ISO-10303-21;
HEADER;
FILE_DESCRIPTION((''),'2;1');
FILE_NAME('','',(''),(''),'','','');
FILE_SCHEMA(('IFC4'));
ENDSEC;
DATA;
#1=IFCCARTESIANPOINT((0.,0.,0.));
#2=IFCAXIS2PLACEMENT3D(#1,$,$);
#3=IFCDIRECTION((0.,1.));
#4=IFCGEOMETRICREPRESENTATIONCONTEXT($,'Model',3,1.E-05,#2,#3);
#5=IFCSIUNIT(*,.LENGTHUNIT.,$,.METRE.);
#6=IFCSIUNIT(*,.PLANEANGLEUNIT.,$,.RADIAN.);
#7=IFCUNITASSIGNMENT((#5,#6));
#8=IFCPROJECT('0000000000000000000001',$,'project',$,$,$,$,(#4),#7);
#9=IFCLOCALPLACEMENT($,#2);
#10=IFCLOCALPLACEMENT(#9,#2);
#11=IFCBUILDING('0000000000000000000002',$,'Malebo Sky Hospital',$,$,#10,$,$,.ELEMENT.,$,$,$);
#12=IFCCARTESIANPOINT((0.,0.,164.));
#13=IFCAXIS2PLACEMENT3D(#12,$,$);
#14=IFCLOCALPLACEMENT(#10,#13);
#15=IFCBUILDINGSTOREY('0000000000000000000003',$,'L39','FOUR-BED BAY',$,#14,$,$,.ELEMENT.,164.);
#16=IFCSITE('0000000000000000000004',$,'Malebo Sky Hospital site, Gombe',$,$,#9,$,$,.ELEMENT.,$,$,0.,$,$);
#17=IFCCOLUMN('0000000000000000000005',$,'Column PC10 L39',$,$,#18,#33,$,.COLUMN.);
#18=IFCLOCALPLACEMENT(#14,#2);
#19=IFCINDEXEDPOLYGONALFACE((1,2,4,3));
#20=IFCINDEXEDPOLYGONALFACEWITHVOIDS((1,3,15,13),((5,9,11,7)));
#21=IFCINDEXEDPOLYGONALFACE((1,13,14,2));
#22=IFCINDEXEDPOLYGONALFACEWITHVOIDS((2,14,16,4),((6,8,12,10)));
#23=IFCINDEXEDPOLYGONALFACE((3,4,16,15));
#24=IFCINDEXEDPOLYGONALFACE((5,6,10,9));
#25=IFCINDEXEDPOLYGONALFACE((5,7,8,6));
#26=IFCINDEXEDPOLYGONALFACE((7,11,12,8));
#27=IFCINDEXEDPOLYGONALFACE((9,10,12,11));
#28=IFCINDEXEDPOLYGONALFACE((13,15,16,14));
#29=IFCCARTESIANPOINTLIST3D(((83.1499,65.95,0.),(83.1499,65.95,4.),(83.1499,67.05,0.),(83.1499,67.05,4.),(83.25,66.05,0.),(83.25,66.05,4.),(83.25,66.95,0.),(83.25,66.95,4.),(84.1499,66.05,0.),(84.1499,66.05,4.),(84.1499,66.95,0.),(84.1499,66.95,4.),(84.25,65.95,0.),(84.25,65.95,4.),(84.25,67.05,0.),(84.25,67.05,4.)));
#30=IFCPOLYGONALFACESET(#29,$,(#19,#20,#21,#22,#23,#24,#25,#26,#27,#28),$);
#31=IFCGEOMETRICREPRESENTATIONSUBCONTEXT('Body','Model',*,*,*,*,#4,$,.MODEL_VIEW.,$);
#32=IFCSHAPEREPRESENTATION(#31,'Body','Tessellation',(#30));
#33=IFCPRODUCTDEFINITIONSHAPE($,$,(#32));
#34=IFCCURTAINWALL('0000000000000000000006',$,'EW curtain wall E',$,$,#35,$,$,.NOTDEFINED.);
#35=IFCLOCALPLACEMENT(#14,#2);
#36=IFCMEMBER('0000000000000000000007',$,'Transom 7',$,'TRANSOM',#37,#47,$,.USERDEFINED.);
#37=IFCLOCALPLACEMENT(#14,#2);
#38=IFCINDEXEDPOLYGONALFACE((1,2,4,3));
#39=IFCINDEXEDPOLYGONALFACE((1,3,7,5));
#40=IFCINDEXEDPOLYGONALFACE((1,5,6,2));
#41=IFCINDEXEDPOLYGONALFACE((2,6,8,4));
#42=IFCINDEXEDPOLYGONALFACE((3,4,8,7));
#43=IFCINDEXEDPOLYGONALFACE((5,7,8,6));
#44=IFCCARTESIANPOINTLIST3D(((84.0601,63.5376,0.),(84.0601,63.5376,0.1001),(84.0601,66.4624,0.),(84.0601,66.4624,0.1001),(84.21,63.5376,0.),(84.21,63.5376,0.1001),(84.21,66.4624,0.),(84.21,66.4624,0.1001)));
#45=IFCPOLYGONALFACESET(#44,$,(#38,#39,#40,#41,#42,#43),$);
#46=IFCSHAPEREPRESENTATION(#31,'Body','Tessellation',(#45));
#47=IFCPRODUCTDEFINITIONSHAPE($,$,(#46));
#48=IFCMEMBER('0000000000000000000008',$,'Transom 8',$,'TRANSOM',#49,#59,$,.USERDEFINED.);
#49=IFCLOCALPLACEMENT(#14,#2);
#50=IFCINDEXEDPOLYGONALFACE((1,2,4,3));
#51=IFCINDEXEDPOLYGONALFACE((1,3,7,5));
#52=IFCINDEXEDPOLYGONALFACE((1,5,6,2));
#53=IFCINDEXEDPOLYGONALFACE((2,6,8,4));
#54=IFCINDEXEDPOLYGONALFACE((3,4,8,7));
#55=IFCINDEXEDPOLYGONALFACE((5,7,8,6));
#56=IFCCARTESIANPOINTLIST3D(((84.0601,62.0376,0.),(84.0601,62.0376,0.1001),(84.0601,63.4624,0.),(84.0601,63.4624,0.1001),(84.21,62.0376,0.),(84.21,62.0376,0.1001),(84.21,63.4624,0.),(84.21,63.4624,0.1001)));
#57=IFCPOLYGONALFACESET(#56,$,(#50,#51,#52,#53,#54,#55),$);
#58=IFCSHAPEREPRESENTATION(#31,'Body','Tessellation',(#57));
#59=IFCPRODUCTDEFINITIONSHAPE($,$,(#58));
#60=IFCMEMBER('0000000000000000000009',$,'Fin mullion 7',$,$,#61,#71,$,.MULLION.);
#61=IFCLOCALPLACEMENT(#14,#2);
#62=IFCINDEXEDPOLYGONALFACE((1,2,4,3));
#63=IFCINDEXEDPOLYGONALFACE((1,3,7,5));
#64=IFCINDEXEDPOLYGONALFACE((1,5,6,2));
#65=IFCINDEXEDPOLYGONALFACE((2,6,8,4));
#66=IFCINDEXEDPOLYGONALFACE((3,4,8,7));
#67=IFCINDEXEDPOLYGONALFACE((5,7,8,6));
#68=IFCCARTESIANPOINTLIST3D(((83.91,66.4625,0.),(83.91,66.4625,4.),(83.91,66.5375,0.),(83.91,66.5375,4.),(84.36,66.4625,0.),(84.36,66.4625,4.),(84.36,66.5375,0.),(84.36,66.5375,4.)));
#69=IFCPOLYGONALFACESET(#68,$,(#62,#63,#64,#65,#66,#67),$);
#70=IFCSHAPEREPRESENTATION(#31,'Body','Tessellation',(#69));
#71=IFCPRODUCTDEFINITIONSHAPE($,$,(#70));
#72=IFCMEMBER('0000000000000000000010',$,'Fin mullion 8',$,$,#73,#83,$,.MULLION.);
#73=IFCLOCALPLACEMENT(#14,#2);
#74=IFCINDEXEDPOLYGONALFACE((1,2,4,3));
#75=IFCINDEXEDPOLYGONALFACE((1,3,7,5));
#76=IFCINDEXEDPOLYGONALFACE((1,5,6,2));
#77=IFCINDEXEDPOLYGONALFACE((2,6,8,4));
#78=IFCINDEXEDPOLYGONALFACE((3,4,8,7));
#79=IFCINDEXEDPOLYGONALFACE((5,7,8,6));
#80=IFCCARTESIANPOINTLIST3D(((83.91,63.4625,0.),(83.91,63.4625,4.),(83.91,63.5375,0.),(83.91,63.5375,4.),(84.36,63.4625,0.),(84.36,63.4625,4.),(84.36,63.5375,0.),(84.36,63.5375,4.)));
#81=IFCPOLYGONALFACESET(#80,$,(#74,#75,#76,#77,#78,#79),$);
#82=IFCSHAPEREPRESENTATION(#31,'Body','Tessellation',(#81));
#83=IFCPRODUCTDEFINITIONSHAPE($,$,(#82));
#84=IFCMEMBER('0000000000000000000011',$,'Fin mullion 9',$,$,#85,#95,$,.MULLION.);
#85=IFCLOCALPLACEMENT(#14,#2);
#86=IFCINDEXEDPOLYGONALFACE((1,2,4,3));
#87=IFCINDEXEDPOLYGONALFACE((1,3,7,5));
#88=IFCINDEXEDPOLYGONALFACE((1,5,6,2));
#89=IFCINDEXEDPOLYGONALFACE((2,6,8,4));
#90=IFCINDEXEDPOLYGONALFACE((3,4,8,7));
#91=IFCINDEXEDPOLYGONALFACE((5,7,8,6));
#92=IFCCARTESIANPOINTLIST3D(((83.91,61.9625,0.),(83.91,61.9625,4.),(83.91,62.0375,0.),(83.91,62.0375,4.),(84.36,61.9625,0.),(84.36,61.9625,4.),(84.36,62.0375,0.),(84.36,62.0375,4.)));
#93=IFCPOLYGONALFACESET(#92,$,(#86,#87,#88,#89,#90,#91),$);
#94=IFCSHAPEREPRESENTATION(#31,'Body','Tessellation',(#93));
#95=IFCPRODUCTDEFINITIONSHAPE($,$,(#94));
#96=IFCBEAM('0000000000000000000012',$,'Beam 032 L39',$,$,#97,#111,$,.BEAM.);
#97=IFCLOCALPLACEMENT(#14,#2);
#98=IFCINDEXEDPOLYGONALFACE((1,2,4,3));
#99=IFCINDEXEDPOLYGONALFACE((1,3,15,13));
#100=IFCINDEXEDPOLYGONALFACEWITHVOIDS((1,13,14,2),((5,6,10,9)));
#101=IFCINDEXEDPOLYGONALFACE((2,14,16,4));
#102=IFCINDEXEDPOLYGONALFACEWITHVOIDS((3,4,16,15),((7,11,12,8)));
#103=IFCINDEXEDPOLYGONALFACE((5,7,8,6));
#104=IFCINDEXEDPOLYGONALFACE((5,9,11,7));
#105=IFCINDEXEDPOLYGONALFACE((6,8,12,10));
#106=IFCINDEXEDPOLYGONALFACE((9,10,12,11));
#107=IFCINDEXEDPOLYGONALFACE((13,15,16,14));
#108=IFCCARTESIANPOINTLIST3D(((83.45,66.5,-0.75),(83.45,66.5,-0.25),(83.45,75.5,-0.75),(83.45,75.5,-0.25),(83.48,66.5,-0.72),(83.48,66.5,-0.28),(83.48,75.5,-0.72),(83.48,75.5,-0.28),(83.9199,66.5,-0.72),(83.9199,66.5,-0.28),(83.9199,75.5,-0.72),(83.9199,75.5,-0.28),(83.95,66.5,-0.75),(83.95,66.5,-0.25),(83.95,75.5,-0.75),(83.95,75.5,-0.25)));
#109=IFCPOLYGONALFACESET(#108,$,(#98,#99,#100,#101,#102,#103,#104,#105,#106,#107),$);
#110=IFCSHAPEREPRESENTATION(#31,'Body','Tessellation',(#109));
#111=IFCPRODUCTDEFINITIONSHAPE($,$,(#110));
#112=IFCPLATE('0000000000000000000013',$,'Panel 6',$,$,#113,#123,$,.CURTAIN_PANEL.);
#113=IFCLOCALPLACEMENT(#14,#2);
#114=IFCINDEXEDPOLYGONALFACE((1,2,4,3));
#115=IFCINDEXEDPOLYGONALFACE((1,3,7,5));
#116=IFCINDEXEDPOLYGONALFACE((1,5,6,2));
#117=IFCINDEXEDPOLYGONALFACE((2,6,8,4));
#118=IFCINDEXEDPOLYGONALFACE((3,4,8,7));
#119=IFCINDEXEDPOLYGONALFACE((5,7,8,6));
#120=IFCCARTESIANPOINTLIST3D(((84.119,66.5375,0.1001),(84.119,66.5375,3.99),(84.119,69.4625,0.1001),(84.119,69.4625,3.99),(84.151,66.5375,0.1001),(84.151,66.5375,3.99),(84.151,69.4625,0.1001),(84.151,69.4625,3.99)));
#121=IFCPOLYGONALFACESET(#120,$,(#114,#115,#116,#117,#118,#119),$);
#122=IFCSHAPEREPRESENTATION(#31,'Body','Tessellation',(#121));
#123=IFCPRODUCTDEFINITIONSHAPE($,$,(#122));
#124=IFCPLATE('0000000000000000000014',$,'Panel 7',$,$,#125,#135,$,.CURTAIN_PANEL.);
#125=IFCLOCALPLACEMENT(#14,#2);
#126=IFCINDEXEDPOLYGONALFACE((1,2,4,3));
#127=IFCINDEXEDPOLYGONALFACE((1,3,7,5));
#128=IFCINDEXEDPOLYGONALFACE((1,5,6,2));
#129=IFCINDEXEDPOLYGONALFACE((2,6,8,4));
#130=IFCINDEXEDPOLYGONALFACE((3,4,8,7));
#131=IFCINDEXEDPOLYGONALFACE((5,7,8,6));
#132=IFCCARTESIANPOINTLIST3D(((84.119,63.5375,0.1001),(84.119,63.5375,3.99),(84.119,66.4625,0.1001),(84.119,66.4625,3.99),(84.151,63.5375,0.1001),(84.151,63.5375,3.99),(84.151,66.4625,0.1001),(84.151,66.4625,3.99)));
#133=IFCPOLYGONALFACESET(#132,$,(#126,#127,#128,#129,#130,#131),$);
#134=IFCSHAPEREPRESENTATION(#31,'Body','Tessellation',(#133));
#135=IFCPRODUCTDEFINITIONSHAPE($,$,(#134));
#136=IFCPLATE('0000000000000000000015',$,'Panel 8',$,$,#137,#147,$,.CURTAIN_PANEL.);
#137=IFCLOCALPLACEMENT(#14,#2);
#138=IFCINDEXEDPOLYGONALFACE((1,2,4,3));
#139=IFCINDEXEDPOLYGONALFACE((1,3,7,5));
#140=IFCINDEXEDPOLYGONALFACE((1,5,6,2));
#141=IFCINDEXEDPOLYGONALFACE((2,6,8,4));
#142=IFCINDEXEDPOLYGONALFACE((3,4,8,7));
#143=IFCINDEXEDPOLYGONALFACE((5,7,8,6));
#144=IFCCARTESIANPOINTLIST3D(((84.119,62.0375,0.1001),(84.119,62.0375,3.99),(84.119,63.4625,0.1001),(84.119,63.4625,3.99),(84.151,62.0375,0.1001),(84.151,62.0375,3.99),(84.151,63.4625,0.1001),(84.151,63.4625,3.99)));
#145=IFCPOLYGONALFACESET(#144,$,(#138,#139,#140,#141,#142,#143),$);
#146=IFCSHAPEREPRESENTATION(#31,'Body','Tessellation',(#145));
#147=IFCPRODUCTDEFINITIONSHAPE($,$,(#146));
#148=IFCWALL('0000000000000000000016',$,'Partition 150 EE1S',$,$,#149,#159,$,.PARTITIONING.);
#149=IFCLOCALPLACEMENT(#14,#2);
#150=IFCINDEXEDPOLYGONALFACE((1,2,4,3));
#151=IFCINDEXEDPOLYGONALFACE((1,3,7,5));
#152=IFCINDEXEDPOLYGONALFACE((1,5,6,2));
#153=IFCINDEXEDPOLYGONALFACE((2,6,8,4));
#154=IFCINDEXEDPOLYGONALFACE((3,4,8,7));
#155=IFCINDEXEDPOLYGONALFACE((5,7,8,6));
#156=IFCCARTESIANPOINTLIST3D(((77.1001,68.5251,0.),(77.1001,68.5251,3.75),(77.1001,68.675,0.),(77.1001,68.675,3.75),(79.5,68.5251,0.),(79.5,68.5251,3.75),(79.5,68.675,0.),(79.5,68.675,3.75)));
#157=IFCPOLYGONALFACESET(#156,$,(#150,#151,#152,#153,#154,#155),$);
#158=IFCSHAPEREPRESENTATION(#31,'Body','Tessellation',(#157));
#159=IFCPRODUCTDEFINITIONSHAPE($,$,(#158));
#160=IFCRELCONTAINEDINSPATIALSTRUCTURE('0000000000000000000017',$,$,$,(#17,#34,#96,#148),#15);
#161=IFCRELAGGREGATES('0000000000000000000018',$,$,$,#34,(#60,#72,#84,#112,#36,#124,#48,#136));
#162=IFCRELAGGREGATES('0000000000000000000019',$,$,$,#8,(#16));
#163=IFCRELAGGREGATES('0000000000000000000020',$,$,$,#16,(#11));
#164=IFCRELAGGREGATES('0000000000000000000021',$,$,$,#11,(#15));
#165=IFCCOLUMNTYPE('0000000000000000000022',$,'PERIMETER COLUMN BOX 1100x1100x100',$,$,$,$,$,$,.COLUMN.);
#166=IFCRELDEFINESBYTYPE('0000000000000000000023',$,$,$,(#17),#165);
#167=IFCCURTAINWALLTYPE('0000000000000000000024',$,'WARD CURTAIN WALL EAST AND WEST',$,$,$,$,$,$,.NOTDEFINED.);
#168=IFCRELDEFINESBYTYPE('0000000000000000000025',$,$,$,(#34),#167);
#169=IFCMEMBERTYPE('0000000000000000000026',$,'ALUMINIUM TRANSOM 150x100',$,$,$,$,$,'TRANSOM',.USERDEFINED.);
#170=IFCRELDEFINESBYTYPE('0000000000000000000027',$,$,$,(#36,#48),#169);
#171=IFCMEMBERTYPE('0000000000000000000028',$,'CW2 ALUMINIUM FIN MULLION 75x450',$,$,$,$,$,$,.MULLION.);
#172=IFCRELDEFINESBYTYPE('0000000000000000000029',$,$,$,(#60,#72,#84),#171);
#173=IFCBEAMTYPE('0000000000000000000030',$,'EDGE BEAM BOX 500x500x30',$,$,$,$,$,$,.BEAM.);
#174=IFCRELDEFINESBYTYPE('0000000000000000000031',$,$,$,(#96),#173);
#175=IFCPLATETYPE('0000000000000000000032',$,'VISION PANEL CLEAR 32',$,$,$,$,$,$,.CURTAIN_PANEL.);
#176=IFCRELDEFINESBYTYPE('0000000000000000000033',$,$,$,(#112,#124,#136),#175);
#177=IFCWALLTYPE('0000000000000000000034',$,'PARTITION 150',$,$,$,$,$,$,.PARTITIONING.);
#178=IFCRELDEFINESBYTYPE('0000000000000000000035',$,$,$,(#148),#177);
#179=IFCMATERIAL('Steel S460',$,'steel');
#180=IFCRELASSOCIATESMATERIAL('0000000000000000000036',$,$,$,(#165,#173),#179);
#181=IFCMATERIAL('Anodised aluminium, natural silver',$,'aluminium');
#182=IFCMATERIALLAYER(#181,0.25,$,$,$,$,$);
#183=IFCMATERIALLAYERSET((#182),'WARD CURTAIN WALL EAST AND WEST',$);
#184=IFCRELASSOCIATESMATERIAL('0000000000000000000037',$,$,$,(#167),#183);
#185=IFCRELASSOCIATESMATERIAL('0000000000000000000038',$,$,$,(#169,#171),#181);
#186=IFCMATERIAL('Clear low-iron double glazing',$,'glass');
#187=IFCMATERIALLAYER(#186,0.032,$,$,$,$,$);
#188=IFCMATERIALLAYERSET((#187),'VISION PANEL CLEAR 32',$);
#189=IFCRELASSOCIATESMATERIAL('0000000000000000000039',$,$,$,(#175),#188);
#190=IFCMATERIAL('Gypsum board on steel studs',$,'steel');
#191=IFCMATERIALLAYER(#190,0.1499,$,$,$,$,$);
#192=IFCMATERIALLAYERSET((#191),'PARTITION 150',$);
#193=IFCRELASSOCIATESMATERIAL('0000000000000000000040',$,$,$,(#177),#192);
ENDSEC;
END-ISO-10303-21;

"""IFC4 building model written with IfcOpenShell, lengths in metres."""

from ifc_helpers import new_model, si_unit, direction, frame, frame_2d, origin, origin_2d, place, context, subcontext, project, spatial, rectangle, hollow_rectangle, extrude, material, layer, layer_set, material_profile, profile_set, type_object, element, aggregate, save


model = new_model("IFC4")

# Units and contexts
model_context = context("Model", 3, precision=1e-05, world=origin(), true_north=direction((0.0, 1.0)))
body_context = subcontext(model_context, "Body", "Model", "MODEL_VIEW")
ifc_project = project(units=[si_unit("LENGTHUNIT", "METRE"), si_unit("PLANEANGLEUNIT", "RADIAN")], contexts=[model_context])

# Site, building, storey
site_placement = place(None, origin())
site = spatial("IfcSite", under=ifc_project, at=site_placement, Name="Malebo Sky Hospital site, Gombe", CompositionType="ELEMENT", RefElevation=0.0)
building_placement = place(site_placement, origin())
building = spatial("IfcBuilding", under=site, at=building_placement, Name="Malebo Sky Hospital", CompositionType="ELEMENT")
storey_placement = place(building_placement, frame((0.0, 0.0, 164.0)))
storey = spatial("IfcBuildingStorey", under=building, at=storey_placement, Name="L39", Description="FOUR-BED BAY", CompositionType="ELEMENT", Elevation=164.0)

# Column
ifc_material_1 = material(Name="Steel S460", Category="steel")
ifc_material_profile_1 = material_profile(ifc_material_1, hollow_rectangle(XDim=1.1001, YDim=1.1001, WallThickness=0.1001, at=origin_2d()), Name="BOX 1100x1100x100")
ifc_profile_set_1 = profile_set([ifc_material_profile_1], Name="Steel S460")
column_type = type_object("IfcColumnType", Name="PERIMETER COLUMN BOX 1100x1100x100", PredefinedType="COLUMN", material=ifc_profile_set_1)
column_placement = place(storey_placement, frame((83.7, 66.5, 0.0), z_axis=(0.0, 0.0, 1.0), x_axis=(1.0, 0.0, 0.0)))
element("IfcColumn", 1, at=column_placement, inside=storey, type_object=column_type, Name="Column PC10 L39", PredefinedType="COLUMN", context=body_context, shape_type="SweptSolid", body=[
    extrude(hollow_rectangle(XDim=1.1001, YDim=1.1001, WallThickness=0.1001, at=origin_2d()), origin(), (0.0, 0.0, 1.0), 4.0),
])

# Curtain wall, members
ifc_material_2 = material(Name="Anodised aluminium, natural silver", Category="aluminium")
ifc_layer_1 = layer(ifc_material_2, 0.25)
ifc_layer_set_1 = layer_set([ifc_layer_1], Name="WARD CURTAIN WALL EAST AND WEST")
curtain_wall_type = type_object("IfcCurtainWallType", Name="WARD CURTAIN WALL EAST AND WEST", PredefinedType="NOTDEFINED", material=ifc_layer_set_1)
curtain_wall_placement = place(storey_placement, origin())
curtain_wall = element("IfcCurtainWall", 2, at=curtain_wall_placement, inside=storey, type_object=curtain_wall_type, Name="EW curtain wall E", PredefinedType="NOTDEFINED")
ifc_material_profile_2 = material_profile(ifc_material_2, rectangle(XDim=0.1499, YDim=0.1001, at=origin_2d()), Name="ALUMINIUM TRANSOM 150x100")
ifc_profile_set_2 = profile_set([ifc_material_profile_2], Name="Anodised aluminium, natural silver")
member_type_1 = type_object("IfcMemberType", Name="ALUMINIUM TRANSOM 150x100", ElementType="TRANSOM", PredefinedType="USERDEFINED", material=ifc_profile_set_2)
member_1_placement = place(storey_placement, frame((84.135, 66.4624, 0.05), z_axis=(0.0, -1.0, 0.0), x_axis=(1.0, 0.0, 0.0)))
member_1 = element("IfcMember", 3, at=member_1_placement, type_object=member_type_1, Name="Transom 7", ObjectType="TRANSOM", PredefinedType="USERDEFINED", context=body_context, shape_type="SweptSolid", body=[
    extrude(rectangle(XDim=0.1499, YDim=0.1001, at=origin_2d()), origin(), (0.0, 0.0, 1.0), 2.9248),
])
member_2_placement = place(storey_placement, frame((84.135, 63.4624, 0.05), z_axis=(0.0, -1.0, 0.0), x_axis=(1.0, 0.0, 0.0)))
member_2 = element("IfcMember", 4, at=member_2_placement, type_object=member_type_1, Name="Transom 8", ObjectType="TRANSOM", PredefinedType="USERDEFINED", context=body_context, shape_type="SweptSolid", body=[
    extrude(rectangle(XDim=0.1499, YDim=0.1001, at=origin_2d()), origin(), (0.0, 0.0, 1.0), 1.4248),
])
ifc_material_profile_3 = material_profile(ifc_material_2, rectangle(XDim=0.075, YDim=0.45, at=origin_2d()), Name="CW2 ALUMINIUM FIN MULLION 75x450")
ifc_profile_set_3 = profile_set([ifc_material_profile_3], Name="Anodised aluminium, natural silver")
member_type_2 = type_object("IfcMemberType", Name="CW2 ALUMINIUM FIN MULLION 75x450", PredefinedType="MULLION", material=ifc_profile_set_3)
member_3_placement = place(storey_placement, frame((84.135, 66.5, 0.0), z_axis=(0.0, 0.0, 1.0), x_axis=(0.0, -1.0, 0.0)))
member_3 = element("IfcMember", 5, at=member_3_placement, type_object=member_type_2, Name="Fin mullion 7", PredefinedType="MULLION", context=body_context, shape_type="SweptSolid", body=[
    extrude(rectangle(XDim=0.075, YDim=0.45, at=origin_2d()), origin(), (0.0, 0.0, 1.0), 4.0),
])
member_4_placement = place(storey_placement, frame((84.135, 63.5, 0.0), z_axis=(0.0, 0.0, 1.0), x_axis=(0.0, -1.0, 0.0)))
member_4 = element("IfcMember", 6, at=member_4_placement, type_object=member_type_2, Name="Fin mullion 8", PredefinedType="MULLION", context=body_context, shape_type="SweptSolid", body=[
    extrude(rectangle(XDim=0.075, YDim=0.45, at=origin_2d()), origin(), (0.0, 0.0, 1.0), 4.0),
])
member_5_placement = place(storey_placement, frame((84.135, 62.0, 0.0), z_axis=(0.0, 0.0, 1.0), x_axis=(0.0, -1.0, 0.0)))
member_5 = element("IfcMember", 7, at=member_5_placement, type_object=member_type_2, Name="Fin mullion 9", PredefinedType="MULLION", context=body_context, shape_type="SweptSolid", body=[
    extrude(rectangle(XDim=0.075, YDim=0.45, at=origin_2d()), origin(), (0.0, 0.0, 1.0), 4.0),
])

# Beam
ifc_material_profile_4 = material_profile(ifc_material_1, hollow_rectangle(XDim=0.5, YDim=0.5, WallThickness=0.03, at=origin_2d()), Name="BOX 500x500x30")
ifc_profile_set_4 = profile_set([ifc_material_profile_4], Name="Steel S460")
beam_type = type_object("IfcBeamType", Name="EDGE BEAM BOX 500x500x30", PredefinedType="BEAM", material=ifc_profile_set_4)
beam_placement = place(storey_placement, frame((83.7, 66.5, -0.5), z_axis=(0.0, 1.0, 0.0), x_axis=(-1.0, 0.0, 0.0)))
element("IfcBeam", 8, at=beam_placement, inside=storey, type_object=beam_type, Name="Beam 032 L39", PredefinedType="BEAM", context=body_context, shape_type="SweptSolid", body=[
    extrude(hollow_rectangle(XDim=0.5, YDim=0.5, WallThickness=0.03, at=origin_2d()), origin(), (0.0, 0.0, 1.0), 9.0),
])

# Plates
ifc_material_3 = material(Name="Clear low-iron double glazing", Category="glass")
ifc_layer_2 = layer(ifc_material_3, 0.032)
ifc_layer_set_2 = layer_set([ifc_layer_2], Name="VISION PANEL CLEAR 32")
plate_type = type_object("IfcPlateType", Name="VISION PANEL CLEAR 32", PredefinedType="CURTAIN_PANEL", material=ifc_layer_set_2)
plate_1_placement = place(storey_placement, frame((84.135, 68.0, 0.1001), z_axis=(0.0, 0.0, 1.0), x_axis=(0.0, -1.0, 0.0)))
plate_1 = element("IfcPlate", 9, at=plate_1_placement, type_object=plate_type, Name="Panel 6", PredefinedType="CURTAIN_PANEL", context=body_context, shape_type="SweptSolid", body=[
    extrude(rectangle(XDim=2.925, YDim=0.032, at=origin_2d()), origin(), (0.0, 0.0, 1.0), 3.8899),
])
plate_2_placement = place(storey_placement, frame((84.135, 65.0, 0.1001), z_axis=(0.0, 0.0, 1.0), x_axis=(0.0, -1.0, 0.0)))
plate_2 = element("IfcPlate", 10, at=plate_2_placement, type_object=plate_type, Name="Panel 7", PredefinedType="CURTAIN_PANEL", context=body_context, shape_type="SweptSolid", body=[
    extrude(rectangle(XDim=2.925, YDim=0.032, at=origin_2d()), origin(), (0.0, 0.0, 1.0), 3.8899),
])
plate_3_placement = place(storey_placement, frame((84.135, 62.75, 0.1001), z_axis=(0.0, 0.0, 1.0), x_axis=(0.0, -1.0, 0.0)))
plate_3 = element("IfcPlate", 11, at=plate_3_placement, type_object=plate_type, Name="Panel 8", PredefinedType="CURTAIN_PANEL", context=body_context, shape_type="SweptSolid", body=[
    extrude(rectangle(XDim=1.425, YDim=0.032, at=origin_2d()), origin(), (0.0, 0.0, 1.0), 3.8899),
])
aggregate(curtain_wall, [member_3, member_4, member_5, plate_1, member_1, plate_2, member_2, plate_3])

# Wall
ifc_material_4 = material(Name="Gypsum board on steel studs", Category="steel")
ifc_layer_3 = layer(ifc_material_4, 0.1499)
ifc_layer_set_3 = layer_set([ifc_layer_3], Name="PARTITION 150")
wall_type_1 = type_object("IfcWallType", Name="PARTITION 150", PredefinedType="PARTITIONING", material=ifc_layer_set_3)
wall_1_placement = place(storey_placement, frame((77.1001, 68.6001, 0.0), z_axis=(0.0, 0.0, 1.0), x_axis=(1.0, 0.0, 0.0)))
element("IfcWall", 12, at=wall_1_placement, inside=storey, type_object=wall_type_1, Name="Partition 150 EE1S", PredefinedType="PARTITIONING", context=body_context, shape_type="SweptSolid", body=[
    extrude(rectangle(XDim=2.3999, YDim=0.1499, at=frame_2d((1.2, 0.0))), origin(), (0.0, 0.0, 1.0), 3.75),
])

save(model, "model.ifc")
